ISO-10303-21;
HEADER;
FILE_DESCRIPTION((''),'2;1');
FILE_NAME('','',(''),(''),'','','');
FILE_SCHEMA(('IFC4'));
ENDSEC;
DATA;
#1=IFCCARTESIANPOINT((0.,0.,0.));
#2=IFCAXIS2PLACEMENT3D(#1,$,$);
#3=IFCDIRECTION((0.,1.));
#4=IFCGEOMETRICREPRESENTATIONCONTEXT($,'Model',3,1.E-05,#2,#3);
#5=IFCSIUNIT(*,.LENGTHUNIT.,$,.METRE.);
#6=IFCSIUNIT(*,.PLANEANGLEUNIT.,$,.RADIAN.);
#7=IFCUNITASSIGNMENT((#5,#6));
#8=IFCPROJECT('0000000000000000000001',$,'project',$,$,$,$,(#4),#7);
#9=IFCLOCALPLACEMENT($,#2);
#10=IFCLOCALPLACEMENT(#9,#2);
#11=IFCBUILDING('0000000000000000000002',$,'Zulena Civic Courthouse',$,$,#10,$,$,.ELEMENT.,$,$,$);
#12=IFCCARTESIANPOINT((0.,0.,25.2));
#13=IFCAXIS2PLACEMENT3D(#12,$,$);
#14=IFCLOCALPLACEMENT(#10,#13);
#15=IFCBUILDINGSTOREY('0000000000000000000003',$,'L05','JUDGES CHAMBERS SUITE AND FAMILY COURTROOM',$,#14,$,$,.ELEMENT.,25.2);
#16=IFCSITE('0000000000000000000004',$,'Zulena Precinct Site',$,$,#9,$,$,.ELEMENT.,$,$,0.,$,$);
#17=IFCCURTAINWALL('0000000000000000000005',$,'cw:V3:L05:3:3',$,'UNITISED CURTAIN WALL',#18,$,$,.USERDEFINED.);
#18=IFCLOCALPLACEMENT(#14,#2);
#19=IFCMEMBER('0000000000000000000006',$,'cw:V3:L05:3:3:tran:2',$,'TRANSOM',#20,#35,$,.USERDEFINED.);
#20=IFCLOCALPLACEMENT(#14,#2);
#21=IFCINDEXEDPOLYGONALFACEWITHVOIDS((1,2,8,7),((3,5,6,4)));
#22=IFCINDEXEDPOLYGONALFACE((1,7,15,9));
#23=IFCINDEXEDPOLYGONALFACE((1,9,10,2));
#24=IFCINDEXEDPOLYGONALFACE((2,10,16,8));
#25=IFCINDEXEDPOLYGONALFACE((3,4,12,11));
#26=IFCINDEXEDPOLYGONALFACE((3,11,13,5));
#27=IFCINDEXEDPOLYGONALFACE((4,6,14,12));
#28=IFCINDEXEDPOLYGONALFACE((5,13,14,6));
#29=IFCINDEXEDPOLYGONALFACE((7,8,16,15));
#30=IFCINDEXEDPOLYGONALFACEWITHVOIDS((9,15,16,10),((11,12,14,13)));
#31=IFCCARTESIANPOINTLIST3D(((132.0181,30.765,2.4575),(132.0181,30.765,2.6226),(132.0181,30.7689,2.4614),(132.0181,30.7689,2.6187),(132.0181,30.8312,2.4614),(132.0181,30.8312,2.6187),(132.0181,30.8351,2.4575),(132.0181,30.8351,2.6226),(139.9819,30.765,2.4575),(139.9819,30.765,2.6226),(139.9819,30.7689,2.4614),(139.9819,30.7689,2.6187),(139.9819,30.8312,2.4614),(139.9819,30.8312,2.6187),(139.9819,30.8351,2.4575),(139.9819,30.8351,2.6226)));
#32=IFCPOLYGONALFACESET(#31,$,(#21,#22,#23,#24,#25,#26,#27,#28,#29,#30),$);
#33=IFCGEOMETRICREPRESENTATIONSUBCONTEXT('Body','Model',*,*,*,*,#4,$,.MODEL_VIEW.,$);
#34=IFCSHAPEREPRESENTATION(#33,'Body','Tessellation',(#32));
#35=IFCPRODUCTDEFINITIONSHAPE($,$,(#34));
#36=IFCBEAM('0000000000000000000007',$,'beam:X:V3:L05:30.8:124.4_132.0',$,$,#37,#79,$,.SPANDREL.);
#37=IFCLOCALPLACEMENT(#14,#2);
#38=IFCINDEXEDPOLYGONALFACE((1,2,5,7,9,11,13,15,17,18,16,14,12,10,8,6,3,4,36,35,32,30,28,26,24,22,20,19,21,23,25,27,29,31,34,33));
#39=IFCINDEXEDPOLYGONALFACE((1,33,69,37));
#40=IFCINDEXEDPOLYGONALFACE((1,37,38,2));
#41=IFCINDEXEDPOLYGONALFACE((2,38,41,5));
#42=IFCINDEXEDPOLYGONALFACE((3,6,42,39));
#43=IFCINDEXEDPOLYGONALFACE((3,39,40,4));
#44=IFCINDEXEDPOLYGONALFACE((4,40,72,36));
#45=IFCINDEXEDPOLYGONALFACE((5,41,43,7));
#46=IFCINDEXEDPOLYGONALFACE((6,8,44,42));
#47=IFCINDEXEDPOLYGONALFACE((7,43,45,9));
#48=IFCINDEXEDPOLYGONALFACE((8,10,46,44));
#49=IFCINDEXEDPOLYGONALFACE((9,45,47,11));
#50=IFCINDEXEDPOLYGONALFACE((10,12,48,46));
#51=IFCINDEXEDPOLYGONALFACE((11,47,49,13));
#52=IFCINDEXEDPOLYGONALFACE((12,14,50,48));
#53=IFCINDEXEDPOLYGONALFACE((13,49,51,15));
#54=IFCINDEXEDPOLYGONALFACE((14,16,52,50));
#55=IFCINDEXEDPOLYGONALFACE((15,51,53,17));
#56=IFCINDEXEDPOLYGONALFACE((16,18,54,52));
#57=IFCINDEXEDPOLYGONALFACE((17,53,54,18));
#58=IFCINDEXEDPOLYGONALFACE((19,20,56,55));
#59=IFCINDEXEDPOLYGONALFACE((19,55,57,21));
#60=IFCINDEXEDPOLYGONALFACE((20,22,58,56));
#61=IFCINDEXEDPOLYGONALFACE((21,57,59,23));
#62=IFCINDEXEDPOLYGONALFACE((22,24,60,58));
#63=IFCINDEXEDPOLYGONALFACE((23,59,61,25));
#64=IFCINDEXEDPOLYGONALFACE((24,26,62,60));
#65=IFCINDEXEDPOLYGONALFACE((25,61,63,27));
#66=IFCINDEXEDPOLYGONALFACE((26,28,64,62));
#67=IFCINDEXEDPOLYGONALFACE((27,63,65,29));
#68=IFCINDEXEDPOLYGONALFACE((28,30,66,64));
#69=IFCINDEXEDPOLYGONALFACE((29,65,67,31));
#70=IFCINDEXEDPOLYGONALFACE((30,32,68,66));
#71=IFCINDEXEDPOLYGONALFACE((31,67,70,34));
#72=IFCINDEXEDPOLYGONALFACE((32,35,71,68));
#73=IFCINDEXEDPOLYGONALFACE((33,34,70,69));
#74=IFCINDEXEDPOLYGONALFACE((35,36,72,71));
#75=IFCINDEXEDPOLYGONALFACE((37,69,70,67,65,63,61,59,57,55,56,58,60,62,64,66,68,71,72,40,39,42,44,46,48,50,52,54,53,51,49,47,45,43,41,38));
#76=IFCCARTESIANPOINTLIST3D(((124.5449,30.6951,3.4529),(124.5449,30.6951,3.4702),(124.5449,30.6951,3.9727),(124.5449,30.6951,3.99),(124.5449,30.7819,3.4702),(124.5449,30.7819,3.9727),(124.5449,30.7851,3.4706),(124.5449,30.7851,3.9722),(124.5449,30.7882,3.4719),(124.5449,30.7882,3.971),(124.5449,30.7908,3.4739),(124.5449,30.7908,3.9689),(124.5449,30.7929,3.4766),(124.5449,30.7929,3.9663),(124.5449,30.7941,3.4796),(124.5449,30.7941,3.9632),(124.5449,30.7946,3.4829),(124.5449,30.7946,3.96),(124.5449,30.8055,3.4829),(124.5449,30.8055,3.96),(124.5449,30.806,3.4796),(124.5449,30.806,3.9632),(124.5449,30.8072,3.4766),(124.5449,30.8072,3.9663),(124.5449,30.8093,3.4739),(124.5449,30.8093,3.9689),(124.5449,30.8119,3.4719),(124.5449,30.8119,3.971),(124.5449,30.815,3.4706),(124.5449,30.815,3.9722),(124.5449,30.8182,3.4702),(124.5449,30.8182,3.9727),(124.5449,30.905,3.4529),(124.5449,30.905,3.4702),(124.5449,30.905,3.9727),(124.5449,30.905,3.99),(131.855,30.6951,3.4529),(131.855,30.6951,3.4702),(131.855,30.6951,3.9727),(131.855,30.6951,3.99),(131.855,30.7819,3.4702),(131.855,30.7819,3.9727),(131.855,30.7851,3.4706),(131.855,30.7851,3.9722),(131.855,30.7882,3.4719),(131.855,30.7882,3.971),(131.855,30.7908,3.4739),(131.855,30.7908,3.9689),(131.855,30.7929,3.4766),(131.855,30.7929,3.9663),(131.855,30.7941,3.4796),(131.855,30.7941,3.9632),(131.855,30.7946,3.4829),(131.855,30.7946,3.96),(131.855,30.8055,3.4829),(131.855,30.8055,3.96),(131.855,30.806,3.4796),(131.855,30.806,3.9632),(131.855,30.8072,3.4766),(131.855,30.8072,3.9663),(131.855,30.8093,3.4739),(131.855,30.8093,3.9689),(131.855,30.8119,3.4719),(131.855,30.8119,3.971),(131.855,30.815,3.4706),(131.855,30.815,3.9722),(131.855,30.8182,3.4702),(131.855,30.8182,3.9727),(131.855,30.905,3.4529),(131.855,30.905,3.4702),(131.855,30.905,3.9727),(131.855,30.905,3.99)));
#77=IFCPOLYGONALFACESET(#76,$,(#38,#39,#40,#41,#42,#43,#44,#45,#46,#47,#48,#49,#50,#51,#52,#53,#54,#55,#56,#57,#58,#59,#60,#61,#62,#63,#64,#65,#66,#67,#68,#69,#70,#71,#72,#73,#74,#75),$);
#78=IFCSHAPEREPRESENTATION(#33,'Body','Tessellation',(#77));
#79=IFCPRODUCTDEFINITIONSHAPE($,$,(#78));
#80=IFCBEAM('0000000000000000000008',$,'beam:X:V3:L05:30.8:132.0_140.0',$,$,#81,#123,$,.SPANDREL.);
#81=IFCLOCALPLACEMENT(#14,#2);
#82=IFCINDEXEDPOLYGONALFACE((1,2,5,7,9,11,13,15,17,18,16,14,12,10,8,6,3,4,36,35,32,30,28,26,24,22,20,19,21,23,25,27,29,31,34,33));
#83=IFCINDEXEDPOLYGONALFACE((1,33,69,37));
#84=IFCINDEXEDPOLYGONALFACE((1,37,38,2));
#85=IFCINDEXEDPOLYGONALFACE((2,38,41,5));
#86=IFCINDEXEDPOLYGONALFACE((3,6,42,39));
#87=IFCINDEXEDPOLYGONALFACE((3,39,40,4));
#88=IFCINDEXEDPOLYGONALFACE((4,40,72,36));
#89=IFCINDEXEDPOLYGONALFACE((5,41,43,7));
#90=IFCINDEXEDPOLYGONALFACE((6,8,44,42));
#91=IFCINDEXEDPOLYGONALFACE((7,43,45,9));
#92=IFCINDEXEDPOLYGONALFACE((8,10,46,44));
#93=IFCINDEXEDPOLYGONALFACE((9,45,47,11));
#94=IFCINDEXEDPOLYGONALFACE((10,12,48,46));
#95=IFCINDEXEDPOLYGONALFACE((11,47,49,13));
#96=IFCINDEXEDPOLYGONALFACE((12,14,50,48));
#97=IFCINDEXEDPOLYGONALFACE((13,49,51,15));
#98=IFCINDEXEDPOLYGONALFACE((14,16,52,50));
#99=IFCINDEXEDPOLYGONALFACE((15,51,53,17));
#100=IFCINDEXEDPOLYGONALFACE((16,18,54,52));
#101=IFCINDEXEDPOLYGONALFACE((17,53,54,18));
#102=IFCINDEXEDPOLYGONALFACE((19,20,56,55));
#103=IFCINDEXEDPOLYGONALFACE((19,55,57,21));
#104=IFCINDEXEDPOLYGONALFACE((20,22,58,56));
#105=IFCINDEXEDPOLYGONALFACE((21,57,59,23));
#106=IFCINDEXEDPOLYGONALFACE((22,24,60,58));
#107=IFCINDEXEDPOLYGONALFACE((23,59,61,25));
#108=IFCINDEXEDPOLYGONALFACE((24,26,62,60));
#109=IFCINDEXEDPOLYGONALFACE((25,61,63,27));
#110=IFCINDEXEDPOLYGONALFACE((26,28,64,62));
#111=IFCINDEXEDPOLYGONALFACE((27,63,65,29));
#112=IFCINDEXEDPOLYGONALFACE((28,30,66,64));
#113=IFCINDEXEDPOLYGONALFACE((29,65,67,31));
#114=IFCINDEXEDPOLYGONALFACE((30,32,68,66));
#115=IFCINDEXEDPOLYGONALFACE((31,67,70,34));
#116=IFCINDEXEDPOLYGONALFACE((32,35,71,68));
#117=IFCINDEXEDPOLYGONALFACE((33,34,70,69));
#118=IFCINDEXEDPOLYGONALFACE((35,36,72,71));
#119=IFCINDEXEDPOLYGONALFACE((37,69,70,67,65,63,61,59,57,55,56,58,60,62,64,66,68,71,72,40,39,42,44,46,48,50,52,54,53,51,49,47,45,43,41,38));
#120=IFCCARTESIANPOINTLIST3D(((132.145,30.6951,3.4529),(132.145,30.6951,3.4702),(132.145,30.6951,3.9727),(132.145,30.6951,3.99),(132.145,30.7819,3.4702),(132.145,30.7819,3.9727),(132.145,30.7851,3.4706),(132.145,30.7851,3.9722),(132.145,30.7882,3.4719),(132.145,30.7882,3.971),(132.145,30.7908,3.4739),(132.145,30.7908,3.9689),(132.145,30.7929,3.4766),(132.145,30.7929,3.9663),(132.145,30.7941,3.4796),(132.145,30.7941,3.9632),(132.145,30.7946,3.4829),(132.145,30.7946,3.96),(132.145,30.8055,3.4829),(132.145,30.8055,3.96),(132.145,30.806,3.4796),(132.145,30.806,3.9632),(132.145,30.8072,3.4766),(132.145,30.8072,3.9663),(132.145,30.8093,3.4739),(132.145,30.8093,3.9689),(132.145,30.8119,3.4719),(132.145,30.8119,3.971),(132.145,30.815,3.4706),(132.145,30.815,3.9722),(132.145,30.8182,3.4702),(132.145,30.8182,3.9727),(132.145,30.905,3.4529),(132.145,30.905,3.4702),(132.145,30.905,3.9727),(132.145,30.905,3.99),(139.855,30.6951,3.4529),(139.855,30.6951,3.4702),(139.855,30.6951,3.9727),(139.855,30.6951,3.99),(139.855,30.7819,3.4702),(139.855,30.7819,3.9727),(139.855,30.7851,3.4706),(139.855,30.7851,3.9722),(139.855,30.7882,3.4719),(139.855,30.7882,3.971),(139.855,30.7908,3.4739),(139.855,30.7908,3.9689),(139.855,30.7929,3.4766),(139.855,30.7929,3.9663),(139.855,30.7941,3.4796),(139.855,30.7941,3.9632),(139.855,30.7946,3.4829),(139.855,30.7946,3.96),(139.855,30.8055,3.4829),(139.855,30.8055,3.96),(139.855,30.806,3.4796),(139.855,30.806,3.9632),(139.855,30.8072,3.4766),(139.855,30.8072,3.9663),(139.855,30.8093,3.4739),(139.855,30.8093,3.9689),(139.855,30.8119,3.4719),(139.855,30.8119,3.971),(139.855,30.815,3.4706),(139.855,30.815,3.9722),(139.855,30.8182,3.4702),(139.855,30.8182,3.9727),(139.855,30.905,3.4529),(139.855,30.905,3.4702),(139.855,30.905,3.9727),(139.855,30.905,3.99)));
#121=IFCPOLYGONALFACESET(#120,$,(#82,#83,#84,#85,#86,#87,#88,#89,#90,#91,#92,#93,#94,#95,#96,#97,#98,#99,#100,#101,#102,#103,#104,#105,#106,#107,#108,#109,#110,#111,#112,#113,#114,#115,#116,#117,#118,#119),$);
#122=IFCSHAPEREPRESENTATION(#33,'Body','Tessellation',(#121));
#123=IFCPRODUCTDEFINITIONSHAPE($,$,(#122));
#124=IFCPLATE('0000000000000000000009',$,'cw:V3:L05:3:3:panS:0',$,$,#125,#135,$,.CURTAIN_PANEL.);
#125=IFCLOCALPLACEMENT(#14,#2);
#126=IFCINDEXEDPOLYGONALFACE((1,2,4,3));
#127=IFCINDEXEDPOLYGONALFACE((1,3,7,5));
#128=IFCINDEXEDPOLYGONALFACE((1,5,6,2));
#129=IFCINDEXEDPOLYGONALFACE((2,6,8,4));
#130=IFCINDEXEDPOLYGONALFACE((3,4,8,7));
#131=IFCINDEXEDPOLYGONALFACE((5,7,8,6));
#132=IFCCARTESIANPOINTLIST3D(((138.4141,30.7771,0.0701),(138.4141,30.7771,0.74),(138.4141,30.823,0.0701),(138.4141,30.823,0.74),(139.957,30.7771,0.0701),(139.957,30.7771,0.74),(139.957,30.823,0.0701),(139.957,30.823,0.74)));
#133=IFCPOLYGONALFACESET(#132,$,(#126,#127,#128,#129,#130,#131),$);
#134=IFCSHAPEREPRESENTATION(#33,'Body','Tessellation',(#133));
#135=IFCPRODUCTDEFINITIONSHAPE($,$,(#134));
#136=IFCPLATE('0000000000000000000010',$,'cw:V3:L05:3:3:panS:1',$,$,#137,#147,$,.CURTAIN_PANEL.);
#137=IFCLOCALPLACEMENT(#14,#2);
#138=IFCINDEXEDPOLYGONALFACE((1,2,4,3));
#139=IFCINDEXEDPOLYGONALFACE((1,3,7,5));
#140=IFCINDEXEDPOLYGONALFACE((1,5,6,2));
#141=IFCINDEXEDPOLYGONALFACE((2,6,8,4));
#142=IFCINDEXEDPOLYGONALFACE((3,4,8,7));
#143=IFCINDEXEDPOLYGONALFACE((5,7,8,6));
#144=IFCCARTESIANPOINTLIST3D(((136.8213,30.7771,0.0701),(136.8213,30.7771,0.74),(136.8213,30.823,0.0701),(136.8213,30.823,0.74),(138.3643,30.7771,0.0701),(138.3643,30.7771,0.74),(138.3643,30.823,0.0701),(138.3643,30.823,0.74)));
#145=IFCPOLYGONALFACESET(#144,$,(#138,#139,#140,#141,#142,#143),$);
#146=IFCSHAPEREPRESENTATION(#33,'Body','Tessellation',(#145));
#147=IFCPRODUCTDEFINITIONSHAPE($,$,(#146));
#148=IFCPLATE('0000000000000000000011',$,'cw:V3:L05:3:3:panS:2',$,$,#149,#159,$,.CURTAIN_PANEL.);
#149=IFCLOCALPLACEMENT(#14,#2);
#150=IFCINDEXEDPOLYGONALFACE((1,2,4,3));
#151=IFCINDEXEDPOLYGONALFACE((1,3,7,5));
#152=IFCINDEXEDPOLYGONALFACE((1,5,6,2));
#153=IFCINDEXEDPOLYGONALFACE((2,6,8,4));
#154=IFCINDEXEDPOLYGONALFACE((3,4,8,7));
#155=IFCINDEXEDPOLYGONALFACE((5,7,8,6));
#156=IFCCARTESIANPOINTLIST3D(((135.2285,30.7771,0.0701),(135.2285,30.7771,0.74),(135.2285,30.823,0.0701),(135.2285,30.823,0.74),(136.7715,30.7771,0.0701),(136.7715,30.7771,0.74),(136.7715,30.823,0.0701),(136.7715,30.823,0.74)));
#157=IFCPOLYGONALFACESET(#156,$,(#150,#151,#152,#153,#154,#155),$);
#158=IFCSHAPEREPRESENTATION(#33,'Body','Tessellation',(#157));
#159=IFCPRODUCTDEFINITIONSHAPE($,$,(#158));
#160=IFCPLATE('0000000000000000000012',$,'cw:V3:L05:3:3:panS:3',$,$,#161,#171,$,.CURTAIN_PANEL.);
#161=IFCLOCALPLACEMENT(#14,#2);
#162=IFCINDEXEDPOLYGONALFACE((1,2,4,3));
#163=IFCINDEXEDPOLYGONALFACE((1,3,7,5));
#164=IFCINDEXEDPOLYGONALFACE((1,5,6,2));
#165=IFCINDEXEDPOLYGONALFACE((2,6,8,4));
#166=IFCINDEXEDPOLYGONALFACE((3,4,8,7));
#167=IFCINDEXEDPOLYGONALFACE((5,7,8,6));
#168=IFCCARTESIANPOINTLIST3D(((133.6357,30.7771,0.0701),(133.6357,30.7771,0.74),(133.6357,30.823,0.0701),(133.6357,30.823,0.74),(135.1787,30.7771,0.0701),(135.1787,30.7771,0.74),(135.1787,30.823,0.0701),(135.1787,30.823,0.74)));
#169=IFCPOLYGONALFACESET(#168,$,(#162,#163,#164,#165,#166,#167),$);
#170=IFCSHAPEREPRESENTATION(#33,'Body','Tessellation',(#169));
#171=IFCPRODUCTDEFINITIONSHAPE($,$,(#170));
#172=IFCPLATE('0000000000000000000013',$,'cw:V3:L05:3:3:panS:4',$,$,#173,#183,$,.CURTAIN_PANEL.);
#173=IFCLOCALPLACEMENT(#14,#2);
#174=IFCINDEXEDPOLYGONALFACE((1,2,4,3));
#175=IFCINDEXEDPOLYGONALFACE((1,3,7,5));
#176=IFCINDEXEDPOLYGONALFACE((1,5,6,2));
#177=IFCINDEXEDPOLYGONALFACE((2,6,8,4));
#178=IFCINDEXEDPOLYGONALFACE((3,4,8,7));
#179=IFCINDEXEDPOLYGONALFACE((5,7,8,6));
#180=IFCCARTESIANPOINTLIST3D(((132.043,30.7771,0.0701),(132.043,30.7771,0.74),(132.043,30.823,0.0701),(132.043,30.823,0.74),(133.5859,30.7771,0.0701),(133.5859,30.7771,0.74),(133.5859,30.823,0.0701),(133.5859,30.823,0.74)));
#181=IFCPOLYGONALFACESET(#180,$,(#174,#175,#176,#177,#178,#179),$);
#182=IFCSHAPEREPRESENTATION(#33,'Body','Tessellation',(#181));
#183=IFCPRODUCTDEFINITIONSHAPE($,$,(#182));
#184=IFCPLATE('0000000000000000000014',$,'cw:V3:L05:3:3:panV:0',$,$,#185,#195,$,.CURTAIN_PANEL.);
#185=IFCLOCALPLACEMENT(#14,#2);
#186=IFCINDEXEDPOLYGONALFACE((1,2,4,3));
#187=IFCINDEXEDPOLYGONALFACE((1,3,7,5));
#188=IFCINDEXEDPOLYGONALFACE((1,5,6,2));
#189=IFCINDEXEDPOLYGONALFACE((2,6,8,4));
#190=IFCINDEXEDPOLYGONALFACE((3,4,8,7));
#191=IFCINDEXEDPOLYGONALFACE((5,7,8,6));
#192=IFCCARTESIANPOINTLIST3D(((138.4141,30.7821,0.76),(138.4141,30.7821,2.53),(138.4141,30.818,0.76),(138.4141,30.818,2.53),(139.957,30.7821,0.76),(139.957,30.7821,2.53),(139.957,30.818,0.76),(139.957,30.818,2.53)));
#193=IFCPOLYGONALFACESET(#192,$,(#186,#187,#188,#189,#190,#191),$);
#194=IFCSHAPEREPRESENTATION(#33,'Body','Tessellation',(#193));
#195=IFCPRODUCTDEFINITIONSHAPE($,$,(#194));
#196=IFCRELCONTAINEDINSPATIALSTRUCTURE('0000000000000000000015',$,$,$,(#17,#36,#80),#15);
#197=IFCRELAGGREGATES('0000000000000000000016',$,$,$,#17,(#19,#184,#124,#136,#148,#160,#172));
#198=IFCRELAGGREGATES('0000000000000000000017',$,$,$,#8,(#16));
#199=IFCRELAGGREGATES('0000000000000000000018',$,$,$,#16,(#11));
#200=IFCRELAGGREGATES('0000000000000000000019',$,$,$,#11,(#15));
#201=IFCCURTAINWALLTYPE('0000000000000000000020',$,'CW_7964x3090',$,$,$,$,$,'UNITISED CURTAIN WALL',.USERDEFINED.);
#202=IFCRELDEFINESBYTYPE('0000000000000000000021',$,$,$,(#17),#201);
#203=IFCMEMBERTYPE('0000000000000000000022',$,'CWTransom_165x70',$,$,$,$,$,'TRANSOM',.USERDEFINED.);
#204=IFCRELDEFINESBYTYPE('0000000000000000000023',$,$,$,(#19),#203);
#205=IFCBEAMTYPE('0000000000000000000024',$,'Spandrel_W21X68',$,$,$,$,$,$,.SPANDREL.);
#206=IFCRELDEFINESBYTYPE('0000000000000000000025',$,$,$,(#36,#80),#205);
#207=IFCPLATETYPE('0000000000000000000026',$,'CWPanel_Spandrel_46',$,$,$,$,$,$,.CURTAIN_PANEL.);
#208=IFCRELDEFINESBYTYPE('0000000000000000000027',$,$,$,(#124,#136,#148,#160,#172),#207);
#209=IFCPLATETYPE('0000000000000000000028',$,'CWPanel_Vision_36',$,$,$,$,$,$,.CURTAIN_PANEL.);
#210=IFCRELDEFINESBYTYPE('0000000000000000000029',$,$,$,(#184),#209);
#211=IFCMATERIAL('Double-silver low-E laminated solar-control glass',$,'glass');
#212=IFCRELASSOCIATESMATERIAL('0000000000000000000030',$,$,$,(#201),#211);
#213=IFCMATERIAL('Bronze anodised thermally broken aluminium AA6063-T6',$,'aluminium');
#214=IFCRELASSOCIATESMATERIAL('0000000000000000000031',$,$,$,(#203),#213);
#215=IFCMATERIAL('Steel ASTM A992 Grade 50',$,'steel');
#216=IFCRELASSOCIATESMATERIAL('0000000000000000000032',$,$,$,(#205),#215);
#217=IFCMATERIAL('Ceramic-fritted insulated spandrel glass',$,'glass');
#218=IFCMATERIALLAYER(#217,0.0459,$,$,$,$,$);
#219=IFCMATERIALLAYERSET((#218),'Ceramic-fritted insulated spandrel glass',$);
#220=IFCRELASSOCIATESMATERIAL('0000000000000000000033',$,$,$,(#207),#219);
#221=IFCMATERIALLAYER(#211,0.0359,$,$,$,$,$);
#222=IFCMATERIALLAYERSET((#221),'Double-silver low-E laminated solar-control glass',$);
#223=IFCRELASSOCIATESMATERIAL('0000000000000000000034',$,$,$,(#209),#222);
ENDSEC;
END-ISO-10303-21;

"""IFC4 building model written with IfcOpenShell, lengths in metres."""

from ifc_helpers import new_model, si_unit, direction, frame, origin, origin_2d, place, context, subcontext, project, spatial, rectangle, hollow_rectangle, i_section, extrude, material, layer, layer_set, material_profile, profile_set, type_object, element, aggregate, save


model = new_model("IFC4")

# Units and contexts
model_context = context("Model", 3, precision=1e-05, world=origin(), true_north=direction((0.0, 1.0)))
body_context = subcontext(model_context, "Body", "Model", "MODEL_VIEW")
ifc_project = project(units=[si_unit("LENGTHUNIT", "METRE"), si_unit("PLANEANGLEUNIT", "RADIAN")], contexts=[model_context])

# Site, building, storey
site_placement = place(None, origin())
site = spatial("IfcSite", under=ifc_project, at=site_placement, Name="Zulena Precinct Site", CompositionType="ELEMENT", RefElevation=0.0)
building_placement = place(site_placement, origin())
building = spatial("IfcBuilding", under=site, at=building_placement, Name="Zulena Civic Courthouse", CompositionType="ELEMENT")
storey_placement = place(building_placement, frame((0.0, 0.0, 25.2)))
storey = spatial("IfcBuildingStorey", under=building, at=storey_placement, Name="L05", Description="JUDGES CHAMBERS SUITE AND FAMILY COURTROOM", CompositionType="ELEMENT", Elevation=25.2)

# Shared definitions
ifc_material_1 = material(Name="Steel ASTM A992 Grade 50", Category="steel")

# Curtain wall, member
ifc_material_2 = material(Name="Double-silver low-E laminated solar-control glass", Category="glass")
curtain_wall_type = type_object("IfcCurtainWallType", Name="CW_7964x3090", ElementType="UNITISED CURTAIN WALL", PredefinedType="USERDEFINED", material=ifc_material_2)
curtain_wall_placement = place(storey_placement, origin())
curtain_wall = element("IfcCurtainWall", 1, at=curtain_wall_placement, inside=storey, type_object=curtain_wall_type, Name="cw:V3:L05:3:3", ObjectType="UNITISED CURTAIN WALL", PredefinedType="USERDEFINED")
ifc_material_3 = material(Name="Bronze anodised thermally broken aluminium AA6063-T6", Category="aluminium")
ifc_material_profile_1 = material_profile(ifc_material_3, hollow_rectangle(XDim=0.0701, YDim=0.165, WallThickness=0.0039, at=origin_2d()), Name="CWT165X70X4")
ifc_profile_set_1 = profile_set([ifc_material_profile_1], Name="Bronze anodised thermally broken aluminium AA6063-T6")
member_type_1 = type_object("IfcMemberType", Name="CWTransom_165x70", ElementType="TRANSOM", PredefinedType="USERDEFINED", material=ifc_profile_set_1)
member_1_placement = place(storey_placement, frame((139.9819, 30.8, 2.54), z_axis=(-1.0, 0.0, 0.0), x_axis=(0.0, -1.0, 0.0)))
member_1 = element("IfcMember", 2, at=member_1_placement, type_object=member_type_1, Name="cw:V3:L05:3:3:tran:2", ObjectType="TRANSOM", PredefinedType="USERDEFINED", context=body_context, shape_type="SweptSolid", body=[
    extrude(hollow_rectangle(XDim=0.0701, YDim=0.165, WallThickness=0.0039, at=origin_2d()), origin(), (0.0, 0.0, 1.0), 7.9639),
])

# Beams
ifc_material_profile_2 = material_profile(ifc_material_1, i_section(OverallWidth=0.21, OverallDepth=0.5371, WebThickness=0.011, FlangeThickness=0.0173, FilletRadius=0.0127, at=origin_2d()), Name="W21X68")
ifc_profile_set_2 = profile_set([ifc_material_profile_2], Name="Steel ASTM A992 Grade 50")
beam_type = type_object("IfcBeamType", Name="Spandrel_W21X68", PredefinedType="SPANDREL", material=ifc_profile_set_2)
beam_1_placement = place(storey_placement, frame((124.5449, 30.8, 3.7214), z_axis=(1.0, 0.0, 0.0), x_axis=(0.0, 1.0, 0.0)))
element("IfcBeam", 3, at=beam_1_placement, inside=storey, type_object=beam_type, Name="beam:X:V3:L05:30.8:124.4_132.0", PredefinedType="SPANDREL", context=body_context, shape_type="SweptSolid", body=[
    extrude(i_section(OverallWidth=0.21, OverallDepth=0.5371, WebThickness=0.011, FlangeThickness=0.0173, FilletRadius=0.0127, at=origin_2d()), origin(), (0.0, 0.0, 1.0), 7.3101),
])
beam_2_placement = place(storey_placement, frame((132.145, 30.8, 3.7214), z_axis=(1.0, 0.0, 0.0), x_axis=(0.0, 1.0, 0.0)))
element("IfcBeam", 4, at=beam_2_placement, inside=storey, type_object=beam_type, Name="beam:X:V3:L05:30.8:132.0_140.0", PredefinedType="SPANDREL", context=body_context, shape_type="SweptSolid", body=[
    extrude(i_section(OverallWidth=0.21, OverallDepth=0.5371, WebThickness=0.011, FlangeThickness=0.0173, FilletRadius=0.0127, at=origin_2d()), origin(), (0.0, 0.0, 1.0), 7.71),
])

# Plates
ifc_material_4 = material(Name="Ceramic-fritted insulated spandrel glass", Category="glass")
ifc_layer_1 = layer(ifc_material_4, 0.0459)
ifc_layer_set_1 = layer_set([ifc_layer_1], Name="Ceramic-fritted insulated spandrel glass")
plate_type_1 = type_object("IfcPlateType", Name="CWPanel_Spandrel_46", PredefinedType="CURTAIN_PANEL", material=ifc_layer_set_1)
plate_1_placement = place(storey_placement, frame((139.1855, 30.8, 0.0701), z_axis=(0.0, 0.0, 1.0), x_axis=(-1.0, 0.0, 0.0)))
plate_1 = element("IfcPlate", 5, at=plate_1_placement, type_object=plate_type_1, Name="cw:V3:L05:3:3:panS:0", PredefinedType="CURTAIN_PANEL", context=body_context, shape_type="SweptSolid", body=[
    extrude(rectangle(XDim=1.543, YDim=0.0459, at=origin_2d()), origin(), (0.0, 0.0, 1.0), 0.6699),
])
plate_2_placement = place(storey_placement, frame((137.5928, 30.8, 0.0701), z_axis=(0.0, 0.0, 1.0), x_axis=(-1.0, 0.0, 0.0)))
plate_2 = element("IfcPlate", 6, at=plate_2_placement, type_object=plate_type_1, Name="cw:V3:L05:3:3:panS:1", PredefinedType="CURTAIN_PANEL", context=body_context, shape_type="SweptSolid", body=[
    extrude(rectangle(XDim=1.543, YDim=0.0459, at=origin_2d()), origin(), (0.0, 0.0, 1.0), 0.6699),
])
plate_3_placement = place(storey_placement, frame((136.0, 30.8, 0.0701), z_axis=(0.0, 0.0, 1.0), x_axis=(-1.0, 0.0, 0.0)))
plate_3 = element("IfcPlate", 7, at=plate_3_placement, type_object=plate_type_1, Name="cw:V3:L05:3:3:panS:2", PredefinedType="CURTAIN_PANEL", context=body_context, shape_type="SweptSolid", body=[
    extrude(rectangle(XDim=1.543, YDim=0.0459, at=origin_2d()), origin(), (0.0, 0.0, 1.0), 0.6699),
])
plate_4_placement = place(storey_placement, frame((134.4072, 30.8, 0.0701), z_axis=(0.0, 0.0, 1.0), x_axis=(-1.0, 0.0, 0.0)))
plate_4 = element("IfcPlate", 8, at=plate_4_placement, type_object=plate_type_1, Name="cw:V3:L05:3:3:panS:3", PredefinedType="CURTAIN_PANEL", context=body_context, shape_type="SweptSolid", body=[
    extrude(rectangle(XDim=1.543, YDim=0.0459, at=origin_2d()), origin(), (0.0, 0.0, 1.0), 0.6699),
])
plate_5_placement = place(storey_placement, frame((132.8145, 30.8, 0.0701), z_axis=(0.0, 0.0, 1.0), x_axis=(-1.0, 0.0, 0.0)))
plate_5 = element("IfcPlate", 9, at=plate_5_placement, type_object=plate_type_1, Name="cw:V3:L05:3:3:panS:4", PredefinedType="CURTAIN_PANEL", context=body_context, shape_type="SweptSolid", body=[
    extrude(rectangle(XDim=1.543, YDim=0.0459, at=origin_2d()), origin(), (0.0, 0.0, 1.0), 0.6699),
])
ifc_layer_2 = layer(ifc_material_2, 0.0359)
ifc_layer_set_2 = layer_set([ifc_layer_2], Name="Double-silver low-E laminated solar-control glass")
plate_type_2 = type_object("IfcPlateType", Name="CWPanel_Vision_36", PredefinedType="CURTAIN_PANEL", material=ifc_layer_set_2)
plate_6_placement = place(storey_placement, frame((139.1855, 30.8, 0.76), z_axis=(0.0, 0.0, 1.0), x_axis=(-1.0, 0.0, 0.0)))
plate_6 = element("IfcPlate", 10, at=plate_6_placement, type_object=plate_type_2, Name="cw:V3:L05:3:3:panV:0", PredefinedType="CURTAIN_PANEL", context=body_context, shape_type="SweptSolid", body=[
    extrude(rectangle(XDim=1.543, YDim=0.0359, at=origin_2d()), origin(), (0.0, 0.0, 1.0), 1.77),
])
aggregate(curtain_wall, [member_1, plate_6, plate_1, plate_2, plate_3, plate_4, plate_5])

save(model, "model.ifc")
